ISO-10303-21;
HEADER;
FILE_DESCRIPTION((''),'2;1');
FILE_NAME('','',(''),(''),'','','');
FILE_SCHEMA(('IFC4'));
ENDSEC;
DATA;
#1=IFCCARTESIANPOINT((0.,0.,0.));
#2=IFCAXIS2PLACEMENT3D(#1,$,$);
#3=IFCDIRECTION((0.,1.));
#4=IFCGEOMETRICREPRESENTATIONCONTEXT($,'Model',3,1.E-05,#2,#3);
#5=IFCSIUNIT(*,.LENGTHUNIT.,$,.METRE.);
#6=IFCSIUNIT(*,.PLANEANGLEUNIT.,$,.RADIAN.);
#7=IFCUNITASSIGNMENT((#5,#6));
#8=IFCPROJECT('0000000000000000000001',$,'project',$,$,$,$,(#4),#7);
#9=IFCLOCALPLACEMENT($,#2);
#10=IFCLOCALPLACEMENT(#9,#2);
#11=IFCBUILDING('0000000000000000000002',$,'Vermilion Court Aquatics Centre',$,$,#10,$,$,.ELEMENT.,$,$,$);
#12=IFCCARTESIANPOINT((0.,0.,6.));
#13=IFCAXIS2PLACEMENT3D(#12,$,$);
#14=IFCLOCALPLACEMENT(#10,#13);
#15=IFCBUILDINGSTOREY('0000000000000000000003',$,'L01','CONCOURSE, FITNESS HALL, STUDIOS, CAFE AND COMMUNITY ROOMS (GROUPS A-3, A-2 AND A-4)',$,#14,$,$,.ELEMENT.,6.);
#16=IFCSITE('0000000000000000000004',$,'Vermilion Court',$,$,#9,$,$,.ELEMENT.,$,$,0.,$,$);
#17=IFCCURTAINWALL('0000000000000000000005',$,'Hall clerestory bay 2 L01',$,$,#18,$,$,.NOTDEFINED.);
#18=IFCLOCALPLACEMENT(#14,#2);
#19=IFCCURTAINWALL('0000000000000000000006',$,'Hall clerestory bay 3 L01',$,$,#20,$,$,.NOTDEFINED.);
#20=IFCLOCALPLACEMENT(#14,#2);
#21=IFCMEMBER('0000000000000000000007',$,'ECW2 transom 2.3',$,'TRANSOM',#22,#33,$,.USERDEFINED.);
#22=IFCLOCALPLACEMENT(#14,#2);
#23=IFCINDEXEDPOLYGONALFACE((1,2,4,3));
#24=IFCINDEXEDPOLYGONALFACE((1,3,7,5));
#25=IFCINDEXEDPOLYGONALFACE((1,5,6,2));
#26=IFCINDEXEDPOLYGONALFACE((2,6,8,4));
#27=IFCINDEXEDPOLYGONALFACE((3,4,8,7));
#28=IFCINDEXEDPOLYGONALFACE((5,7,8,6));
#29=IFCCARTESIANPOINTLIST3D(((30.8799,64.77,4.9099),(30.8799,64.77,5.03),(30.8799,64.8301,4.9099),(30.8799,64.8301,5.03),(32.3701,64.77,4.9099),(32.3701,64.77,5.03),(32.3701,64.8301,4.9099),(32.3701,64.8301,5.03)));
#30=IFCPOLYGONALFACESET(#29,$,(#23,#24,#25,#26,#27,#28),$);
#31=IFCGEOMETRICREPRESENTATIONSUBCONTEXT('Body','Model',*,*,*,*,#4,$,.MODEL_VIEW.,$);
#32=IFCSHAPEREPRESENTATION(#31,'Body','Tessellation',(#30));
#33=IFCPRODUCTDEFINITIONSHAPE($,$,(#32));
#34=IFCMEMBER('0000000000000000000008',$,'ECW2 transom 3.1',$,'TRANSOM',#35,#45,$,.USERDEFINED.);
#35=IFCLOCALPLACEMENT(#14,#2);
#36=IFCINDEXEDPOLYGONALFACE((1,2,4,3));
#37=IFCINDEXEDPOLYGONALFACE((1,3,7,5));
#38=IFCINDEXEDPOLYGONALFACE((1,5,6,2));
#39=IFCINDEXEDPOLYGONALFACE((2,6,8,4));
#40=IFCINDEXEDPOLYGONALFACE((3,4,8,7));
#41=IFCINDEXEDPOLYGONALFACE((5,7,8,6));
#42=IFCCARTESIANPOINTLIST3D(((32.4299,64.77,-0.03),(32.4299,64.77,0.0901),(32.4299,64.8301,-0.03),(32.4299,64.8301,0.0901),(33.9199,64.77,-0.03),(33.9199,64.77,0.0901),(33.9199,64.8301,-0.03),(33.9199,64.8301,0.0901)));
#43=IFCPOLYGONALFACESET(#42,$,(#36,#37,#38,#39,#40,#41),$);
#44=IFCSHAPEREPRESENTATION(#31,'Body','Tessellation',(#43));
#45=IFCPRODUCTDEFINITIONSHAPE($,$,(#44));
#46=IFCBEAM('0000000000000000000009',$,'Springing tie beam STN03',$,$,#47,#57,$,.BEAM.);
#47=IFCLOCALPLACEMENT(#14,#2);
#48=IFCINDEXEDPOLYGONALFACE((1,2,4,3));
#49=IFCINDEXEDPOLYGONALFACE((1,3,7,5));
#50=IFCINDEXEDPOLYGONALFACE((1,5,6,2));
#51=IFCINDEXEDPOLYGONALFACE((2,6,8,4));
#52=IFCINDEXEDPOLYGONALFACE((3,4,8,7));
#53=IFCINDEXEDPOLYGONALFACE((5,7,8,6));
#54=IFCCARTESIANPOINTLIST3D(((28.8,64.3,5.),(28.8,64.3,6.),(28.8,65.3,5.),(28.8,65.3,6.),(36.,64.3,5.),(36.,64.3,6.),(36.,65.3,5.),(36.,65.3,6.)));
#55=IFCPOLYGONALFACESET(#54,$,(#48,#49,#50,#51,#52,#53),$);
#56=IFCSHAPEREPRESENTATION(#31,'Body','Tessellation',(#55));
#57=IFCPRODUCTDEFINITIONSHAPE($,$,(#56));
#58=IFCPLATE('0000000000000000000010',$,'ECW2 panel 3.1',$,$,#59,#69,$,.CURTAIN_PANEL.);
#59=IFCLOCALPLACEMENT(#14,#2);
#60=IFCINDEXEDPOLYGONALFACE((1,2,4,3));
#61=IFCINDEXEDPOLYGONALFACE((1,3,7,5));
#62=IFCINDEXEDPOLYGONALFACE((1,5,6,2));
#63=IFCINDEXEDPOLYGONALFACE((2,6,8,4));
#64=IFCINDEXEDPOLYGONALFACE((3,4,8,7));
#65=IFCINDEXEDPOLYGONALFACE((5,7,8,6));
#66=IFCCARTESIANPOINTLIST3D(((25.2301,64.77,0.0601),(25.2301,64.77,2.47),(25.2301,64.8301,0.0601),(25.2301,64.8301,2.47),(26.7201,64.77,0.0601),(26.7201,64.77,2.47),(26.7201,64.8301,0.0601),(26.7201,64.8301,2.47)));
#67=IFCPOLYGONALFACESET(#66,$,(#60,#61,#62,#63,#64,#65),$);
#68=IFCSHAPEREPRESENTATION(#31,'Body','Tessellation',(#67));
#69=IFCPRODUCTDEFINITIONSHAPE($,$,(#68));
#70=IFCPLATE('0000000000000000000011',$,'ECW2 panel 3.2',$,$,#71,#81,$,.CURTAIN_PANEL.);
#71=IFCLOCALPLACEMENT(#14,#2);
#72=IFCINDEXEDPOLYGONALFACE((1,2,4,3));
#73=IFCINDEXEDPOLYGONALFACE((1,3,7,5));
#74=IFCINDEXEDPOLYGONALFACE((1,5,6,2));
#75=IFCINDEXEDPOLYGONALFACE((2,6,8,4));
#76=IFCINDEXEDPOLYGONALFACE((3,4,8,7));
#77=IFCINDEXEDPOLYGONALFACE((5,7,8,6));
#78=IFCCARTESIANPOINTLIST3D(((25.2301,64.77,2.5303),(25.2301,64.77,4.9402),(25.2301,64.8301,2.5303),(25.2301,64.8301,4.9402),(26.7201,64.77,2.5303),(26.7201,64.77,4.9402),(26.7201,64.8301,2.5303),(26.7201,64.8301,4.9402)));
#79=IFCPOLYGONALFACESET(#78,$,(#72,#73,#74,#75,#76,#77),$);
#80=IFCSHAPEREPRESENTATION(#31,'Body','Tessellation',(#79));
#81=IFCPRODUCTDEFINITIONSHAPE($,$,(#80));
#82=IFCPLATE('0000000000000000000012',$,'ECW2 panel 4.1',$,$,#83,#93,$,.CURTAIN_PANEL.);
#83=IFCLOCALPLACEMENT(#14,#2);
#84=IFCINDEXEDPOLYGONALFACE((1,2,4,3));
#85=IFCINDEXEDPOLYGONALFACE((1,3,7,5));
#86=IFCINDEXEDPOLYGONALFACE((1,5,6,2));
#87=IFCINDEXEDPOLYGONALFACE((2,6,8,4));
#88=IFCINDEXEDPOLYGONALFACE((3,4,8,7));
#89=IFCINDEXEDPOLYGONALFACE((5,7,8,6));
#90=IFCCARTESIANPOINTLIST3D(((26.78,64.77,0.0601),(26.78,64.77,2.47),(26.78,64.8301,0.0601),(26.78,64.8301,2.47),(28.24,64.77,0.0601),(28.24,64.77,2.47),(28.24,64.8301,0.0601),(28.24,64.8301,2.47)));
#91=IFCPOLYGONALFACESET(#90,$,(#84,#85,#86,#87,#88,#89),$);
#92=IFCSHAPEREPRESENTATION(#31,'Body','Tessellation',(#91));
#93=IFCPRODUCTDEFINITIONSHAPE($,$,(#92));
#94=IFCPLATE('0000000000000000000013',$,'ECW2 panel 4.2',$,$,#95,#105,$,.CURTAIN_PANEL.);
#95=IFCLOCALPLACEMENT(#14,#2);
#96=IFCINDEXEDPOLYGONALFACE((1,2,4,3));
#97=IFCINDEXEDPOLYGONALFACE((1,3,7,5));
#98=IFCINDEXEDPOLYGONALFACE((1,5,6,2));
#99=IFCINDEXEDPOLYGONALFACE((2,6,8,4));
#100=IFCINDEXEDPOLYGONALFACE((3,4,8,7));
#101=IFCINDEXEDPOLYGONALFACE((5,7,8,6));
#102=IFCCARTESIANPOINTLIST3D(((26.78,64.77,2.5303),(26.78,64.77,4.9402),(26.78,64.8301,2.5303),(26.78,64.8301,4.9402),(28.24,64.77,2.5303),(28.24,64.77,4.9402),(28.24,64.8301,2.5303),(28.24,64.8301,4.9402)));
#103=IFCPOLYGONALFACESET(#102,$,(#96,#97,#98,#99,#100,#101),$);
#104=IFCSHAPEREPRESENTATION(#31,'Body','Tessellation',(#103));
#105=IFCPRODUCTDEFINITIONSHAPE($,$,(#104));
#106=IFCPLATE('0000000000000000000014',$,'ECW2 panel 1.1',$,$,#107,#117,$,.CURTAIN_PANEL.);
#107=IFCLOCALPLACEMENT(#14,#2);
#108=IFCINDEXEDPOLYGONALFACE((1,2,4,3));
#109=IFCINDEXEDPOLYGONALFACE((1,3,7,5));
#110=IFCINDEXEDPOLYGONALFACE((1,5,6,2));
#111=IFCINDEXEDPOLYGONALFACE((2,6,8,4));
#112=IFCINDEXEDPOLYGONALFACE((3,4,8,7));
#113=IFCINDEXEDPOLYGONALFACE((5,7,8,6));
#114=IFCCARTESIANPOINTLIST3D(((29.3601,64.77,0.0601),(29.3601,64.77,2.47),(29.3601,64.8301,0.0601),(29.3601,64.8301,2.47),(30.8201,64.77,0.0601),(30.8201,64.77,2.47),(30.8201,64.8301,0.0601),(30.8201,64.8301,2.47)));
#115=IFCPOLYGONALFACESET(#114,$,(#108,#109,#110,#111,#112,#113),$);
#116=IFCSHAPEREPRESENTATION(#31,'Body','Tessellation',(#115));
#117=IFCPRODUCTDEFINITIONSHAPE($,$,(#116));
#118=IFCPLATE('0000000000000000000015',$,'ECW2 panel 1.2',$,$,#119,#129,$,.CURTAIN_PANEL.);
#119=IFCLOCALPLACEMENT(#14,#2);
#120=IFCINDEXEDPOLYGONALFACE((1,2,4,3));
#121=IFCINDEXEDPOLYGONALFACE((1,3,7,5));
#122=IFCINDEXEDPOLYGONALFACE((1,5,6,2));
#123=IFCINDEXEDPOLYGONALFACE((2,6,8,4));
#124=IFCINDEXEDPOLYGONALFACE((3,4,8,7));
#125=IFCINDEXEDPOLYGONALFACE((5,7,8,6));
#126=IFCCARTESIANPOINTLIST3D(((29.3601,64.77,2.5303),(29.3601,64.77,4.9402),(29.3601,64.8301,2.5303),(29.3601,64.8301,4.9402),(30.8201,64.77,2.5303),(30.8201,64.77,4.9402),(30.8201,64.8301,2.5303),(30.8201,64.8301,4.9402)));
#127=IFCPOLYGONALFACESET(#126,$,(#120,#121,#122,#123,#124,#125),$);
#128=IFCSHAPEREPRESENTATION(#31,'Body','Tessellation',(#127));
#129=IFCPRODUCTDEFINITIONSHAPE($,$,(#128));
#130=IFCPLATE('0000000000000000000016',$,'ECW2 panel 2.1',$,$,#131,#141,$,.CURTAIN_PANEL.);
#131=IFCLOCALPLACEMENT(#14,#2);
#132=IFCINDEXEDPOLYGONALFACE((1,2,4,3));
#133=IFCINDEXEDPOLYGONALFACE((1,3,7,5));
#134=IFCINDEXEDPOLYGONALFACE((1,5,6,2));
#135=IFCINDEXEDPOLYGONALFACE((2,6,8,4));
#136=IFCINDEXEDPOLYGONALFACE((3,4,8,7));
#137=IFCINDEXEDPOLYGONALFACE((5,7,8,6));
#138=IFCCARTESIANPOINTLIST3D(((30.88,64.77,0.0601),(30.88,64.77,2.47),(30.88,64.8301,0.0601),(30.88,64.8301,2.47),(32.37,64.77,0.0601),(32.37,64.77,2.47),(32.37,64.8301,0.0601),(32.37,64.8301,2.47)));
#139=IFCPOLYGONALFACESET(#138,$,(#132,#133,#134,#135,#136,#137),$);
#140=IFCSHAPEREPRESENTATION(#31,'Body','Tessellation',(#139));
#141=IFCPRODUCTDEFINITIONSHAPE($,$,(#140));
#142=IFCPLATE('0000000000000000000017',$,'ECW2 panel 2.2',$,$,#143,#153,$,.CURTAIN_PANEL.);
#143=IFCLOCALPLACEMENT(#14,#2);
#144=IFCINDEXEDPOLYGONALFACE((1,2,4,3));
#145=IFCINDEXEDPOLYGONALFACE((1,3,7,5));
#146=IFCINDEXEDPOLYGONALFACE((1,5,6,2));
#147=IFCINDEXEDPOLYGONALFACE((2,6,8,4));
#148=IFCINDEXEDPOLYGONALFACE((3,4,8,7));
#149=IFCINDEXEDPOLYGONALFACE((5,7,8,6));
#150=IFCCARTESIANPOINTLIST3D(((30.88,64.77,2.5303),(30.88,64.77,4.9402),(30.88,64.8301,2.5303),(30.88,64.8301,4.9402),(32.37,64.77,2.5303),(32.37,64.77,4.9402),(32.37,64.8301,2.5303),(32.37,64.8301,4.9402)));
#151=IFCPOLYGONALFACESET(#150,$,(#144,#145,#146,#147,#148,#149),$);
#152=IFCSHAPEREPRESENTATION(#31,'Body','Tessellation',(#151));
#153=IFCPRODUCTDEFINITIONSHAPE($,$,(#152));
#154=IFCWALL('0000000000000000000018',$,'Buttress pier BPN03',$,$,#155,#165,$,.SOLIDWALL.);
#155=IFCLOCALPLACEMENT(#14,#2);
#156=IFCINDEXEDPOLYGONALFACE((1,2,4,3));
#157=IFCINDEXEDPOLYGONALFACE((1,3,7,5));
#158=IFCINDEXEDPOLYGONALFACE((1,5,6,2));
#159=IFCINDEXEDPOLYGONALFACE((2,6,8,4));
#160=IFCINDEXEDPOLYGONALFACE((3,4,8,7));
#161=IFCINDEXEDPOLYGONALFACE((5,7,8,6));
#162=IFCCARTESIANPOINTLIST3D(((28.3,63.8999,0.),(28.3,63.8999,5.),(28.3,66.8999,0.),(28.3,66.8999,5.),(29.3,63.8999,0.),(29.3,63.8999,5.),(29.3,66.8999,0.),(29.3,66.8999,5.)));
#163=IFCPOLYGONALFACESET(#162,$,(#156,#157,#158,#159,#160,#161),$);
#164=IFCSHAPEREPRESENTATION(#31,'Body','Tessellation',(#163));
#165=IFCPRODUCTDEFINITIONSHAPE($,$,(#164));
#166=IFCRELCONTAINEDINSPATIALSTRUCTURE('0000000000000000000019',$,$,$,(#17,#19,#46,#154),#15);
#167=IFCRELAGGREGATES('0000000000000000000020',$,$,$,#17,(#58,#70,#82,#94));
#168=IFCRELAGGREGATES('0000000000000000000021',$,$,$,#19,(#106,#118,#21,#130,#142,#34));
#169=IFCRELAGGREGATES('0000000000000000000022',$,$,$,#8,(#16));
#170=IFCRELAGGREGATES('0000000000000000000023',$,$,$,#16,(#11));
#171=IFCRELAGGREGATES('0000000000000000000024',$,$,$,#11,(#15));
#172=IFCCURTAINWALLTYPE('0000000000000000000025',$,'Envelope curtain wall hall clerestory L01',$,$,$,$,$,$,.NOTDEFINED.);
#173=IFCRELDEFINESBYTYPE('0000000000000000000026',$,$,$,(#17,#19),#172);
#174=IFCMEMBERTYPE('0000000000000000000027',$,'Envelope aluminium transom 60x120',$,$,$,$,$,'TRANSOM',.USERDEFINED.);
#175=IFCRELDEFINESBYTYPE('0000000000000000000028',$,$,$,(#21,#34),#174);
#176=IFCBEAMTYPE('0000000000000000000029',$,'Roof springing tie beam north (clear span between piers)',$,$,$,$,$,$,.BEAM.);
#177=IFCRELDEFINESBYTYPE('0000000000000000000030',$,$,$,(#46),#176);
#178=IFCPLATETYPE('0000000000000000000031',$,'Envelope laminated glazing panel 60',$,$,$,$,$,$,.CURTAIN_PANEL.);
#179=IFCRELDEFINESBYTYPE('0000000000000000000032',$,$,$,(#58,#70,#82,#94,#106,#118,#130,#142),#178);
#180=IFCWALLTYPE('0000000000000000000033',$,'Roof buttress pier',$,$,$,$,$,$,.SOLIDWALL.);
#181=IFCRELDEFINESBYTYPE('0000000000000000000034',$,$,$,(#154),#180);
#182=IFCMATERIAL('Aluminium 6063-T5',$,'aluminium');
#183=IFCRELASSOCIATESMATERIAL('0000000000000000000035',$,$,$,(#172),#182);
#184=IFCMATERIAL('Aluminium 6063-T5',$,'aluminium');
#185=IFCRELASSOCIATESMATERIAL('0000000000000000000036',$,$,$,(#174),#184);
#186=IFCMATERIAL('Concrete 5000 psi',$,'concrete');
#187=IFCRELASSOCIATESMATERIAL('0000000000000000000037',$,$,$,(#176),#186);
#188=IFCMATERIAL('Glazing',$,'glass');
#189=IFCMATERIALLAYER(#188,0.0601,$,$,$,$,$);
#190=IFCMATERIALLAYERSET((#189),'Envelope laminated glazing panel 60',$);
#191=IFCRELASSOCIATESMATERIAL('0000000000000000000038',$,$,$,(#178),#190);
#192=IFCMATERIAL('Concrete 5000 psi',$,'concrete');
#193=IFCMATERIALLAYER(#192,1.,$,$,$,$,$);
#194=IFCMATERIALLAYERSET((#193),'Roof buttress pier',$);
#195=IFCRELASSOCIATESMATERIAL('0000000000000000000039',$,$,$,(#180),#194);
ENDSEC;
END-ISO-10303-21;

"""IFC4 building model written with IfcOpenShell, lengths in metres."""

from ifc_helpers import new_model, si_unit, direction, frame, frame_2d, origin, origin_2d, place, context, subcontext, project, spatial, rectangle, extrude, material, layer, layer_set, material_profile, profile_set, type_object, element, aggregate, save


model = new_model("IFC4")

# Units and contexts
model_context = context("Model", 3, precision=1e-05, world=origin(), true_north=direction((0.0, 1.0)))
body_context = subcontext(model_context, "Body", "Model", "MODEL_VIEW")
ifc_project = project(units=[si_unit("LENGTHUNIT", "METRE"), si_unit("PLANEANGLEUNIT", "RADIAN")], contexts=[model_context])

# Site, building, storey
site_placement = place(None, origin())
site = spatial("IfcSite", under=ifc_project, at=site_placement, Name="Vermilion Court", CompositionType="ELEMENT", RefElevation=0.0)
building_placement = place(site_placement, origin())
building = spatial("IfcBuilding", under=site, at=building_placement, Name="Vermilion Court Aquatics Centre", CompositionType="ELEMENT")
storey_placement = place(building_placement, frame((0.0, 0.0, 6.0)))
storey = spatial("IfcBuildingStorey", under=building, at=storey_placement, Name="L01", Description="CONCOURSE, FITNESS HALL, STUDIOS, CAFE AND COMMUNITY ROOMS (GROUPS A-3, A-2 AND A-4)", CompositionType="ELEMENT", Elevation=6.0)

# Curtain walls
ifc_material_1 = material(Name="Aluminium 6063-T5", Category="aluminium")
curtain_wall_type = type_object("IfcCurtainWallType", Name="Envelope curtain wall hall clerestory L01", PredefinedType="NOTDEFINED", material=ifc_material_1)
curtain_wall_1_placement = place(storey_placement, origin())
curtain_wall_1 = element("IfcCurtainWall", 1, at=curtain_wall_1_placement, inside=storey, type_object=curtain_wall_type, Name="Hall clerestory bay 2 L01", PredefinedType="NOTDEFINED")
curtain_wall_2_placement = place(storey_placement, origin())
curtain_wall_2 = element("IfcCurtainWall", 2, at=curtain_wall_2_placement, inside=storey, type_object=curtain_wall_type, Name="Hall clerestory bay 3 L01", PredefinedType="NOTDEFINED")

# Members
ifc_material_2 = material(Name="Aluminium 6063-T5", Category="aluminium")
ifc_material_profile_1 = material_profile(ifc_material_2, rectangle(XDim=0.0601, YDim=0.1201, at=origin_2d()), Name="AL 60x120")
ifc_profile_set_1 = profile_set([ifc_material_profile_1], Name="Aluminium 6063-T5")
member_type_1 = type_object("IfcMemberType", Name="Envelope aluminium transom 60x120", ElementType="TRANSOM", PredefinedType="USERDEFINED", material=ifc_profile_set_1)
member_1_placement = place(storey_placement, frame((30.8799, 64.8, 4.97), z_axis=(1.0, 0.0, 0.0), x_axis=(0.0, 1.0, 0.0)))
member_1 = element("IfcMember", 3, at=member_1_placement, type_object=member_type_1, Name="ECW2 transom 2.3", ObjectType="TRANSOM", PredefinedType="USERDEFINED", context=body_context, shape_type="SweptSolid", body=[
    extrude(rectangle(XDim=0.0601, YDim=0.1201, at=origin_2d()), origin(), (0.0, 0.0, 1.0), 1.4902),
])
member_2_placement = place(storey_placement, frame((32.4299, 64.8, 0.03), z_axis=(1.0, 0.0, 0.0), x_axis=(0.0, 1.0, 0.0)))
member_2 = element("IfcMember", 4, at=member_2_placement, type_object=member_type_1, Name="ECW2 transom 3.1", ObjectType="TRANSOM", PredefinedType="USERDEFINED", context=body_context, shape_type="SweptSolid", body=[
    extrude(rectangle(XDim=0.0601, YDim=0.1201, at=origin_2d()), origin(), (0.0, 0.0, 1.0), 1.49),
])

# Beam
ifc_material_3 = material(Name="Concrete 5000 psi", Category="concrete")
ifc_material_profile_2 = material_profile(ifc_material_3, rectangle(XDim=1.0, YDim=1.0, at=origin_2d()), Name="RC 1000x1000")
ifc_profile_set_2 = profile_set([ifc_material_profile_2], Name="Concrete 5000 psi")
beam_type = type_object("IfcBeamType", Name="Roof springing tie beam north (clear span between piers)", PredefinedType="BEAM", material=ifc_profile_set_2)
beam_placement = place(storey_placement, frame((28.8, 64.8, 5.5), z_axis=(1.0, 0.0, 0.0), x_axis=(0.0, 1.0, 0.0)))
element("IfcBeam", 5, at=beam_placement, inside=storey, type_object=beam_type, Name="Springing tie beam STN03", PredefinedType="BEAM", context=body_context, shape_type="SweptSolid", body=[
    extrude(rectangle(XDim=1.0, YDim=1.0, at=origin_2d()), origin(), (0.0, 0.0, 1.0), 7.2),
])

# Plates
ifc_material_4 = material(Name="Glazing", Category="glass")
ifc_layer_1 = layer(ifc_material_4, 0.0601)
ifc_layer_set_1 = layer_set([ifc_layer_1], Name="Envelope laminated glazing panel 60")
plate_type = type_object("IfcPlateType", Name="Envelope laminated glazing panel 60", PredefinedType="CURTAIN_PANEL", material=ifc_layer_set_1)
plate_1_placement = place(storey_placement, frame((25.9751, 64.8, 0.0601), z_axis=(0.0, 0.0, 1.0), x_axis=(1.0, 0.0, 0.0)))
plate_1 = element("IfcPlate", 6, at=plate_1_placement, type_object=plate_type, Name="ECW2 panel 3.1", PredefinedType="CURTAIN_PANEL", context=body_context, shape_type="SweptSolid", body=[
    extrude(rectangle(XDim=1.49, YDim=0.0601, at=origin_2d()), origin(), (0.0, 0.0, 1.0), 2.4099),
])
plate_2_placement = place(storey_placement, frame((25.9751, 64.8, 2.5303), z_axis=(0.0, 0.0, 1.0), x_axis=(1.0, 0.0, 0.0)))
plate_2 = element("IfcPlate", 7, at=plate_2_placement, type_object=plate_type, Name="ECW2 panel 3.2", PredefinedType="CURTAIN_PANEL", context=body_context, shape_type="SweptSolid", body=[
    extrude(rectangle(XDim=1.49, YDim=0.0601, at=origin_2d()), origin(), (0.0, 0.0, 1.0), 2.4099),
])
plate_3_placement = place(storey_placement, frame((27.51, 64.8, 0.0601), z_axis=(0.0, 0.0, 1.0), x_axis=(1.0, 0.0, 0.0)))
plate_3 = element("IfcPlate", 8, at=plate_3_placement, type_object=plate_type, Name="ECW2 panel 4.1", PredefinedType="CURTAIN_PANEL", context=body_context, shape_type="SweptSolid", body=[
    extrude(rectangle(XDim=1.46, YDim=0.0601, at=origin_2d()), origin(), (0.0, 0.0, 1.0), 2.4099),
])
plate_4_placement = place(storey_placement, frame((27.51, 64.8, 2.5303), z_axis=(0.0, 0.0, 1.0), x_axis=(1.0, 0.0, 0.0)))
plate_4 = element("IfcPlate", 9, at=plate_4_placement, type_object=plate_type, Name="ECW2 panel 4.2", PredefinedType="CURTAIN_PANEL", context=body_context, shape_type="SweptSolid", body=[
    extrude(rectangle(XDim=1.46, YDim=0.0601, at=origin_2d()), origin(), (0.0, 0.0, 1.0), 2.4099),
])
aggregate(curtain_wall_1, [plate_1, plate_2, plate_3, plate_4])
plate_5_placement = place(storey_placement, frame((30.0901, 64.8, 0.0601), z_axis=(0.0, 0.0, 1.0), x_axis=(1.0, 0.0, 0.0)))
plate_5 = element("IfcPlate", 10, at=plate_5_placement, type_object=plate_type, Name="ECW2 panel 1.1", PredefinedType="CURTAIN_PANEL", context=body_context, shape_type="SweptSolid", body=[
    extrude(rectangle(XDim=1.46, YDim=0.0601, at=origin_2d()), origin(), (0.0, 0.0, 1.0), 2.4099),
])
plate_6_placement = place(storey_placement, frame((30.0901, 64.8, 2.5303), z_axis=(0.0, 0.0, 1.0), x_axis=(1.0, 0.0, 0.0)))
plate_6 = element("IfcPlate", 11, at=plate_6_placement, type_object=plate_type, Name="ECW2 panel 1.2", PredefinedType="CURTAIN_PANEL", context=body_context, shape_type="SweptSolid", body=[
    extrude(rectangle(XDim=1.46, YDim=0.0601, at=origin_2d()), origin(), (0.0, 0.0, 1.0), 2.4099),
])
plate_7_placement = place(storey_placement, frame((31.625, 64.8, 0.0601), z_axis=(0.0, 0.0, 1.0), x_axis=(1.0, 0.0, 0.0)))
plate_7 = element("IfcPlate", 12, at=plate_7_placement, type_object=plate_type, Name="ECW2 panel 2.1", PredefinedType="CURTAIN_PANEL", context=body_context, shape_type="SweptSolid", body=[
    extrude(rectangle(XDim=1.49, YDim=0.0601, at=origin_2d()), origin(), (0.0, 0.0, 1.0), 2.4099),
])
plate_8_placement = place(storey_placement, frame((31.625, 64.8, 2.5303), z_axis=(0.0, 0.0, 1.0), x_axis=(1.0, 0.0, 0.0)))
plate_8 = element("IfcPlate", 13, at=plate_8_placement, type_object=plate_type, Name="ECW2 panel 2.2", PredefinedType="CURTAIN_PANEL", context=body_context, shape_type="SweptSolid", body=[
    extrude(rectangle(XDim=1.49, YDim=0.0601, at=origin_2d()), origin(), (0.0, 0.0, 1.0), 2.4099),
])
aggregate(curtain_wall_2, [plate_5, plate_6, member_1, plate_7, plate_8, member_2])

# Wall
ifc_material_5 = material(Name="Concrete 5000 psi", Category="concrete")
ifc_layer_2 = layer(ifc_material_5, 1.0)
ifc_layer_set_2 = layer_set([ifc_layer_2], Name="Roof buttress pier")
wall_type = type_object("IfcWallType", Name="Roof buttress pier", PredefinedType="SOLIDWALL", material=ifc_layer_set_2)
wall_placement = place(storey_placement, frame((28.8, 63.8999, 0.0), z_axis=(0.0, 0.0, 1.0), x_axis=(0.0, 1.0, 0.0)))
element("IfcWall", 14, at=wall_placement, inside=storey, type_object=wall_type, Name="Buttress pier BPN03", PredefinedType="SOLIDWALL", context=body_context, shape_type="SweptSolid", body=[
    extrude(rectangle(XDim=3.0, YDim=1.0, at=frame_2d((1.5, 0.0))), origin(), (0.0, 0.0, 1.0), 5.0),
])

save(model, "model.ifc")
